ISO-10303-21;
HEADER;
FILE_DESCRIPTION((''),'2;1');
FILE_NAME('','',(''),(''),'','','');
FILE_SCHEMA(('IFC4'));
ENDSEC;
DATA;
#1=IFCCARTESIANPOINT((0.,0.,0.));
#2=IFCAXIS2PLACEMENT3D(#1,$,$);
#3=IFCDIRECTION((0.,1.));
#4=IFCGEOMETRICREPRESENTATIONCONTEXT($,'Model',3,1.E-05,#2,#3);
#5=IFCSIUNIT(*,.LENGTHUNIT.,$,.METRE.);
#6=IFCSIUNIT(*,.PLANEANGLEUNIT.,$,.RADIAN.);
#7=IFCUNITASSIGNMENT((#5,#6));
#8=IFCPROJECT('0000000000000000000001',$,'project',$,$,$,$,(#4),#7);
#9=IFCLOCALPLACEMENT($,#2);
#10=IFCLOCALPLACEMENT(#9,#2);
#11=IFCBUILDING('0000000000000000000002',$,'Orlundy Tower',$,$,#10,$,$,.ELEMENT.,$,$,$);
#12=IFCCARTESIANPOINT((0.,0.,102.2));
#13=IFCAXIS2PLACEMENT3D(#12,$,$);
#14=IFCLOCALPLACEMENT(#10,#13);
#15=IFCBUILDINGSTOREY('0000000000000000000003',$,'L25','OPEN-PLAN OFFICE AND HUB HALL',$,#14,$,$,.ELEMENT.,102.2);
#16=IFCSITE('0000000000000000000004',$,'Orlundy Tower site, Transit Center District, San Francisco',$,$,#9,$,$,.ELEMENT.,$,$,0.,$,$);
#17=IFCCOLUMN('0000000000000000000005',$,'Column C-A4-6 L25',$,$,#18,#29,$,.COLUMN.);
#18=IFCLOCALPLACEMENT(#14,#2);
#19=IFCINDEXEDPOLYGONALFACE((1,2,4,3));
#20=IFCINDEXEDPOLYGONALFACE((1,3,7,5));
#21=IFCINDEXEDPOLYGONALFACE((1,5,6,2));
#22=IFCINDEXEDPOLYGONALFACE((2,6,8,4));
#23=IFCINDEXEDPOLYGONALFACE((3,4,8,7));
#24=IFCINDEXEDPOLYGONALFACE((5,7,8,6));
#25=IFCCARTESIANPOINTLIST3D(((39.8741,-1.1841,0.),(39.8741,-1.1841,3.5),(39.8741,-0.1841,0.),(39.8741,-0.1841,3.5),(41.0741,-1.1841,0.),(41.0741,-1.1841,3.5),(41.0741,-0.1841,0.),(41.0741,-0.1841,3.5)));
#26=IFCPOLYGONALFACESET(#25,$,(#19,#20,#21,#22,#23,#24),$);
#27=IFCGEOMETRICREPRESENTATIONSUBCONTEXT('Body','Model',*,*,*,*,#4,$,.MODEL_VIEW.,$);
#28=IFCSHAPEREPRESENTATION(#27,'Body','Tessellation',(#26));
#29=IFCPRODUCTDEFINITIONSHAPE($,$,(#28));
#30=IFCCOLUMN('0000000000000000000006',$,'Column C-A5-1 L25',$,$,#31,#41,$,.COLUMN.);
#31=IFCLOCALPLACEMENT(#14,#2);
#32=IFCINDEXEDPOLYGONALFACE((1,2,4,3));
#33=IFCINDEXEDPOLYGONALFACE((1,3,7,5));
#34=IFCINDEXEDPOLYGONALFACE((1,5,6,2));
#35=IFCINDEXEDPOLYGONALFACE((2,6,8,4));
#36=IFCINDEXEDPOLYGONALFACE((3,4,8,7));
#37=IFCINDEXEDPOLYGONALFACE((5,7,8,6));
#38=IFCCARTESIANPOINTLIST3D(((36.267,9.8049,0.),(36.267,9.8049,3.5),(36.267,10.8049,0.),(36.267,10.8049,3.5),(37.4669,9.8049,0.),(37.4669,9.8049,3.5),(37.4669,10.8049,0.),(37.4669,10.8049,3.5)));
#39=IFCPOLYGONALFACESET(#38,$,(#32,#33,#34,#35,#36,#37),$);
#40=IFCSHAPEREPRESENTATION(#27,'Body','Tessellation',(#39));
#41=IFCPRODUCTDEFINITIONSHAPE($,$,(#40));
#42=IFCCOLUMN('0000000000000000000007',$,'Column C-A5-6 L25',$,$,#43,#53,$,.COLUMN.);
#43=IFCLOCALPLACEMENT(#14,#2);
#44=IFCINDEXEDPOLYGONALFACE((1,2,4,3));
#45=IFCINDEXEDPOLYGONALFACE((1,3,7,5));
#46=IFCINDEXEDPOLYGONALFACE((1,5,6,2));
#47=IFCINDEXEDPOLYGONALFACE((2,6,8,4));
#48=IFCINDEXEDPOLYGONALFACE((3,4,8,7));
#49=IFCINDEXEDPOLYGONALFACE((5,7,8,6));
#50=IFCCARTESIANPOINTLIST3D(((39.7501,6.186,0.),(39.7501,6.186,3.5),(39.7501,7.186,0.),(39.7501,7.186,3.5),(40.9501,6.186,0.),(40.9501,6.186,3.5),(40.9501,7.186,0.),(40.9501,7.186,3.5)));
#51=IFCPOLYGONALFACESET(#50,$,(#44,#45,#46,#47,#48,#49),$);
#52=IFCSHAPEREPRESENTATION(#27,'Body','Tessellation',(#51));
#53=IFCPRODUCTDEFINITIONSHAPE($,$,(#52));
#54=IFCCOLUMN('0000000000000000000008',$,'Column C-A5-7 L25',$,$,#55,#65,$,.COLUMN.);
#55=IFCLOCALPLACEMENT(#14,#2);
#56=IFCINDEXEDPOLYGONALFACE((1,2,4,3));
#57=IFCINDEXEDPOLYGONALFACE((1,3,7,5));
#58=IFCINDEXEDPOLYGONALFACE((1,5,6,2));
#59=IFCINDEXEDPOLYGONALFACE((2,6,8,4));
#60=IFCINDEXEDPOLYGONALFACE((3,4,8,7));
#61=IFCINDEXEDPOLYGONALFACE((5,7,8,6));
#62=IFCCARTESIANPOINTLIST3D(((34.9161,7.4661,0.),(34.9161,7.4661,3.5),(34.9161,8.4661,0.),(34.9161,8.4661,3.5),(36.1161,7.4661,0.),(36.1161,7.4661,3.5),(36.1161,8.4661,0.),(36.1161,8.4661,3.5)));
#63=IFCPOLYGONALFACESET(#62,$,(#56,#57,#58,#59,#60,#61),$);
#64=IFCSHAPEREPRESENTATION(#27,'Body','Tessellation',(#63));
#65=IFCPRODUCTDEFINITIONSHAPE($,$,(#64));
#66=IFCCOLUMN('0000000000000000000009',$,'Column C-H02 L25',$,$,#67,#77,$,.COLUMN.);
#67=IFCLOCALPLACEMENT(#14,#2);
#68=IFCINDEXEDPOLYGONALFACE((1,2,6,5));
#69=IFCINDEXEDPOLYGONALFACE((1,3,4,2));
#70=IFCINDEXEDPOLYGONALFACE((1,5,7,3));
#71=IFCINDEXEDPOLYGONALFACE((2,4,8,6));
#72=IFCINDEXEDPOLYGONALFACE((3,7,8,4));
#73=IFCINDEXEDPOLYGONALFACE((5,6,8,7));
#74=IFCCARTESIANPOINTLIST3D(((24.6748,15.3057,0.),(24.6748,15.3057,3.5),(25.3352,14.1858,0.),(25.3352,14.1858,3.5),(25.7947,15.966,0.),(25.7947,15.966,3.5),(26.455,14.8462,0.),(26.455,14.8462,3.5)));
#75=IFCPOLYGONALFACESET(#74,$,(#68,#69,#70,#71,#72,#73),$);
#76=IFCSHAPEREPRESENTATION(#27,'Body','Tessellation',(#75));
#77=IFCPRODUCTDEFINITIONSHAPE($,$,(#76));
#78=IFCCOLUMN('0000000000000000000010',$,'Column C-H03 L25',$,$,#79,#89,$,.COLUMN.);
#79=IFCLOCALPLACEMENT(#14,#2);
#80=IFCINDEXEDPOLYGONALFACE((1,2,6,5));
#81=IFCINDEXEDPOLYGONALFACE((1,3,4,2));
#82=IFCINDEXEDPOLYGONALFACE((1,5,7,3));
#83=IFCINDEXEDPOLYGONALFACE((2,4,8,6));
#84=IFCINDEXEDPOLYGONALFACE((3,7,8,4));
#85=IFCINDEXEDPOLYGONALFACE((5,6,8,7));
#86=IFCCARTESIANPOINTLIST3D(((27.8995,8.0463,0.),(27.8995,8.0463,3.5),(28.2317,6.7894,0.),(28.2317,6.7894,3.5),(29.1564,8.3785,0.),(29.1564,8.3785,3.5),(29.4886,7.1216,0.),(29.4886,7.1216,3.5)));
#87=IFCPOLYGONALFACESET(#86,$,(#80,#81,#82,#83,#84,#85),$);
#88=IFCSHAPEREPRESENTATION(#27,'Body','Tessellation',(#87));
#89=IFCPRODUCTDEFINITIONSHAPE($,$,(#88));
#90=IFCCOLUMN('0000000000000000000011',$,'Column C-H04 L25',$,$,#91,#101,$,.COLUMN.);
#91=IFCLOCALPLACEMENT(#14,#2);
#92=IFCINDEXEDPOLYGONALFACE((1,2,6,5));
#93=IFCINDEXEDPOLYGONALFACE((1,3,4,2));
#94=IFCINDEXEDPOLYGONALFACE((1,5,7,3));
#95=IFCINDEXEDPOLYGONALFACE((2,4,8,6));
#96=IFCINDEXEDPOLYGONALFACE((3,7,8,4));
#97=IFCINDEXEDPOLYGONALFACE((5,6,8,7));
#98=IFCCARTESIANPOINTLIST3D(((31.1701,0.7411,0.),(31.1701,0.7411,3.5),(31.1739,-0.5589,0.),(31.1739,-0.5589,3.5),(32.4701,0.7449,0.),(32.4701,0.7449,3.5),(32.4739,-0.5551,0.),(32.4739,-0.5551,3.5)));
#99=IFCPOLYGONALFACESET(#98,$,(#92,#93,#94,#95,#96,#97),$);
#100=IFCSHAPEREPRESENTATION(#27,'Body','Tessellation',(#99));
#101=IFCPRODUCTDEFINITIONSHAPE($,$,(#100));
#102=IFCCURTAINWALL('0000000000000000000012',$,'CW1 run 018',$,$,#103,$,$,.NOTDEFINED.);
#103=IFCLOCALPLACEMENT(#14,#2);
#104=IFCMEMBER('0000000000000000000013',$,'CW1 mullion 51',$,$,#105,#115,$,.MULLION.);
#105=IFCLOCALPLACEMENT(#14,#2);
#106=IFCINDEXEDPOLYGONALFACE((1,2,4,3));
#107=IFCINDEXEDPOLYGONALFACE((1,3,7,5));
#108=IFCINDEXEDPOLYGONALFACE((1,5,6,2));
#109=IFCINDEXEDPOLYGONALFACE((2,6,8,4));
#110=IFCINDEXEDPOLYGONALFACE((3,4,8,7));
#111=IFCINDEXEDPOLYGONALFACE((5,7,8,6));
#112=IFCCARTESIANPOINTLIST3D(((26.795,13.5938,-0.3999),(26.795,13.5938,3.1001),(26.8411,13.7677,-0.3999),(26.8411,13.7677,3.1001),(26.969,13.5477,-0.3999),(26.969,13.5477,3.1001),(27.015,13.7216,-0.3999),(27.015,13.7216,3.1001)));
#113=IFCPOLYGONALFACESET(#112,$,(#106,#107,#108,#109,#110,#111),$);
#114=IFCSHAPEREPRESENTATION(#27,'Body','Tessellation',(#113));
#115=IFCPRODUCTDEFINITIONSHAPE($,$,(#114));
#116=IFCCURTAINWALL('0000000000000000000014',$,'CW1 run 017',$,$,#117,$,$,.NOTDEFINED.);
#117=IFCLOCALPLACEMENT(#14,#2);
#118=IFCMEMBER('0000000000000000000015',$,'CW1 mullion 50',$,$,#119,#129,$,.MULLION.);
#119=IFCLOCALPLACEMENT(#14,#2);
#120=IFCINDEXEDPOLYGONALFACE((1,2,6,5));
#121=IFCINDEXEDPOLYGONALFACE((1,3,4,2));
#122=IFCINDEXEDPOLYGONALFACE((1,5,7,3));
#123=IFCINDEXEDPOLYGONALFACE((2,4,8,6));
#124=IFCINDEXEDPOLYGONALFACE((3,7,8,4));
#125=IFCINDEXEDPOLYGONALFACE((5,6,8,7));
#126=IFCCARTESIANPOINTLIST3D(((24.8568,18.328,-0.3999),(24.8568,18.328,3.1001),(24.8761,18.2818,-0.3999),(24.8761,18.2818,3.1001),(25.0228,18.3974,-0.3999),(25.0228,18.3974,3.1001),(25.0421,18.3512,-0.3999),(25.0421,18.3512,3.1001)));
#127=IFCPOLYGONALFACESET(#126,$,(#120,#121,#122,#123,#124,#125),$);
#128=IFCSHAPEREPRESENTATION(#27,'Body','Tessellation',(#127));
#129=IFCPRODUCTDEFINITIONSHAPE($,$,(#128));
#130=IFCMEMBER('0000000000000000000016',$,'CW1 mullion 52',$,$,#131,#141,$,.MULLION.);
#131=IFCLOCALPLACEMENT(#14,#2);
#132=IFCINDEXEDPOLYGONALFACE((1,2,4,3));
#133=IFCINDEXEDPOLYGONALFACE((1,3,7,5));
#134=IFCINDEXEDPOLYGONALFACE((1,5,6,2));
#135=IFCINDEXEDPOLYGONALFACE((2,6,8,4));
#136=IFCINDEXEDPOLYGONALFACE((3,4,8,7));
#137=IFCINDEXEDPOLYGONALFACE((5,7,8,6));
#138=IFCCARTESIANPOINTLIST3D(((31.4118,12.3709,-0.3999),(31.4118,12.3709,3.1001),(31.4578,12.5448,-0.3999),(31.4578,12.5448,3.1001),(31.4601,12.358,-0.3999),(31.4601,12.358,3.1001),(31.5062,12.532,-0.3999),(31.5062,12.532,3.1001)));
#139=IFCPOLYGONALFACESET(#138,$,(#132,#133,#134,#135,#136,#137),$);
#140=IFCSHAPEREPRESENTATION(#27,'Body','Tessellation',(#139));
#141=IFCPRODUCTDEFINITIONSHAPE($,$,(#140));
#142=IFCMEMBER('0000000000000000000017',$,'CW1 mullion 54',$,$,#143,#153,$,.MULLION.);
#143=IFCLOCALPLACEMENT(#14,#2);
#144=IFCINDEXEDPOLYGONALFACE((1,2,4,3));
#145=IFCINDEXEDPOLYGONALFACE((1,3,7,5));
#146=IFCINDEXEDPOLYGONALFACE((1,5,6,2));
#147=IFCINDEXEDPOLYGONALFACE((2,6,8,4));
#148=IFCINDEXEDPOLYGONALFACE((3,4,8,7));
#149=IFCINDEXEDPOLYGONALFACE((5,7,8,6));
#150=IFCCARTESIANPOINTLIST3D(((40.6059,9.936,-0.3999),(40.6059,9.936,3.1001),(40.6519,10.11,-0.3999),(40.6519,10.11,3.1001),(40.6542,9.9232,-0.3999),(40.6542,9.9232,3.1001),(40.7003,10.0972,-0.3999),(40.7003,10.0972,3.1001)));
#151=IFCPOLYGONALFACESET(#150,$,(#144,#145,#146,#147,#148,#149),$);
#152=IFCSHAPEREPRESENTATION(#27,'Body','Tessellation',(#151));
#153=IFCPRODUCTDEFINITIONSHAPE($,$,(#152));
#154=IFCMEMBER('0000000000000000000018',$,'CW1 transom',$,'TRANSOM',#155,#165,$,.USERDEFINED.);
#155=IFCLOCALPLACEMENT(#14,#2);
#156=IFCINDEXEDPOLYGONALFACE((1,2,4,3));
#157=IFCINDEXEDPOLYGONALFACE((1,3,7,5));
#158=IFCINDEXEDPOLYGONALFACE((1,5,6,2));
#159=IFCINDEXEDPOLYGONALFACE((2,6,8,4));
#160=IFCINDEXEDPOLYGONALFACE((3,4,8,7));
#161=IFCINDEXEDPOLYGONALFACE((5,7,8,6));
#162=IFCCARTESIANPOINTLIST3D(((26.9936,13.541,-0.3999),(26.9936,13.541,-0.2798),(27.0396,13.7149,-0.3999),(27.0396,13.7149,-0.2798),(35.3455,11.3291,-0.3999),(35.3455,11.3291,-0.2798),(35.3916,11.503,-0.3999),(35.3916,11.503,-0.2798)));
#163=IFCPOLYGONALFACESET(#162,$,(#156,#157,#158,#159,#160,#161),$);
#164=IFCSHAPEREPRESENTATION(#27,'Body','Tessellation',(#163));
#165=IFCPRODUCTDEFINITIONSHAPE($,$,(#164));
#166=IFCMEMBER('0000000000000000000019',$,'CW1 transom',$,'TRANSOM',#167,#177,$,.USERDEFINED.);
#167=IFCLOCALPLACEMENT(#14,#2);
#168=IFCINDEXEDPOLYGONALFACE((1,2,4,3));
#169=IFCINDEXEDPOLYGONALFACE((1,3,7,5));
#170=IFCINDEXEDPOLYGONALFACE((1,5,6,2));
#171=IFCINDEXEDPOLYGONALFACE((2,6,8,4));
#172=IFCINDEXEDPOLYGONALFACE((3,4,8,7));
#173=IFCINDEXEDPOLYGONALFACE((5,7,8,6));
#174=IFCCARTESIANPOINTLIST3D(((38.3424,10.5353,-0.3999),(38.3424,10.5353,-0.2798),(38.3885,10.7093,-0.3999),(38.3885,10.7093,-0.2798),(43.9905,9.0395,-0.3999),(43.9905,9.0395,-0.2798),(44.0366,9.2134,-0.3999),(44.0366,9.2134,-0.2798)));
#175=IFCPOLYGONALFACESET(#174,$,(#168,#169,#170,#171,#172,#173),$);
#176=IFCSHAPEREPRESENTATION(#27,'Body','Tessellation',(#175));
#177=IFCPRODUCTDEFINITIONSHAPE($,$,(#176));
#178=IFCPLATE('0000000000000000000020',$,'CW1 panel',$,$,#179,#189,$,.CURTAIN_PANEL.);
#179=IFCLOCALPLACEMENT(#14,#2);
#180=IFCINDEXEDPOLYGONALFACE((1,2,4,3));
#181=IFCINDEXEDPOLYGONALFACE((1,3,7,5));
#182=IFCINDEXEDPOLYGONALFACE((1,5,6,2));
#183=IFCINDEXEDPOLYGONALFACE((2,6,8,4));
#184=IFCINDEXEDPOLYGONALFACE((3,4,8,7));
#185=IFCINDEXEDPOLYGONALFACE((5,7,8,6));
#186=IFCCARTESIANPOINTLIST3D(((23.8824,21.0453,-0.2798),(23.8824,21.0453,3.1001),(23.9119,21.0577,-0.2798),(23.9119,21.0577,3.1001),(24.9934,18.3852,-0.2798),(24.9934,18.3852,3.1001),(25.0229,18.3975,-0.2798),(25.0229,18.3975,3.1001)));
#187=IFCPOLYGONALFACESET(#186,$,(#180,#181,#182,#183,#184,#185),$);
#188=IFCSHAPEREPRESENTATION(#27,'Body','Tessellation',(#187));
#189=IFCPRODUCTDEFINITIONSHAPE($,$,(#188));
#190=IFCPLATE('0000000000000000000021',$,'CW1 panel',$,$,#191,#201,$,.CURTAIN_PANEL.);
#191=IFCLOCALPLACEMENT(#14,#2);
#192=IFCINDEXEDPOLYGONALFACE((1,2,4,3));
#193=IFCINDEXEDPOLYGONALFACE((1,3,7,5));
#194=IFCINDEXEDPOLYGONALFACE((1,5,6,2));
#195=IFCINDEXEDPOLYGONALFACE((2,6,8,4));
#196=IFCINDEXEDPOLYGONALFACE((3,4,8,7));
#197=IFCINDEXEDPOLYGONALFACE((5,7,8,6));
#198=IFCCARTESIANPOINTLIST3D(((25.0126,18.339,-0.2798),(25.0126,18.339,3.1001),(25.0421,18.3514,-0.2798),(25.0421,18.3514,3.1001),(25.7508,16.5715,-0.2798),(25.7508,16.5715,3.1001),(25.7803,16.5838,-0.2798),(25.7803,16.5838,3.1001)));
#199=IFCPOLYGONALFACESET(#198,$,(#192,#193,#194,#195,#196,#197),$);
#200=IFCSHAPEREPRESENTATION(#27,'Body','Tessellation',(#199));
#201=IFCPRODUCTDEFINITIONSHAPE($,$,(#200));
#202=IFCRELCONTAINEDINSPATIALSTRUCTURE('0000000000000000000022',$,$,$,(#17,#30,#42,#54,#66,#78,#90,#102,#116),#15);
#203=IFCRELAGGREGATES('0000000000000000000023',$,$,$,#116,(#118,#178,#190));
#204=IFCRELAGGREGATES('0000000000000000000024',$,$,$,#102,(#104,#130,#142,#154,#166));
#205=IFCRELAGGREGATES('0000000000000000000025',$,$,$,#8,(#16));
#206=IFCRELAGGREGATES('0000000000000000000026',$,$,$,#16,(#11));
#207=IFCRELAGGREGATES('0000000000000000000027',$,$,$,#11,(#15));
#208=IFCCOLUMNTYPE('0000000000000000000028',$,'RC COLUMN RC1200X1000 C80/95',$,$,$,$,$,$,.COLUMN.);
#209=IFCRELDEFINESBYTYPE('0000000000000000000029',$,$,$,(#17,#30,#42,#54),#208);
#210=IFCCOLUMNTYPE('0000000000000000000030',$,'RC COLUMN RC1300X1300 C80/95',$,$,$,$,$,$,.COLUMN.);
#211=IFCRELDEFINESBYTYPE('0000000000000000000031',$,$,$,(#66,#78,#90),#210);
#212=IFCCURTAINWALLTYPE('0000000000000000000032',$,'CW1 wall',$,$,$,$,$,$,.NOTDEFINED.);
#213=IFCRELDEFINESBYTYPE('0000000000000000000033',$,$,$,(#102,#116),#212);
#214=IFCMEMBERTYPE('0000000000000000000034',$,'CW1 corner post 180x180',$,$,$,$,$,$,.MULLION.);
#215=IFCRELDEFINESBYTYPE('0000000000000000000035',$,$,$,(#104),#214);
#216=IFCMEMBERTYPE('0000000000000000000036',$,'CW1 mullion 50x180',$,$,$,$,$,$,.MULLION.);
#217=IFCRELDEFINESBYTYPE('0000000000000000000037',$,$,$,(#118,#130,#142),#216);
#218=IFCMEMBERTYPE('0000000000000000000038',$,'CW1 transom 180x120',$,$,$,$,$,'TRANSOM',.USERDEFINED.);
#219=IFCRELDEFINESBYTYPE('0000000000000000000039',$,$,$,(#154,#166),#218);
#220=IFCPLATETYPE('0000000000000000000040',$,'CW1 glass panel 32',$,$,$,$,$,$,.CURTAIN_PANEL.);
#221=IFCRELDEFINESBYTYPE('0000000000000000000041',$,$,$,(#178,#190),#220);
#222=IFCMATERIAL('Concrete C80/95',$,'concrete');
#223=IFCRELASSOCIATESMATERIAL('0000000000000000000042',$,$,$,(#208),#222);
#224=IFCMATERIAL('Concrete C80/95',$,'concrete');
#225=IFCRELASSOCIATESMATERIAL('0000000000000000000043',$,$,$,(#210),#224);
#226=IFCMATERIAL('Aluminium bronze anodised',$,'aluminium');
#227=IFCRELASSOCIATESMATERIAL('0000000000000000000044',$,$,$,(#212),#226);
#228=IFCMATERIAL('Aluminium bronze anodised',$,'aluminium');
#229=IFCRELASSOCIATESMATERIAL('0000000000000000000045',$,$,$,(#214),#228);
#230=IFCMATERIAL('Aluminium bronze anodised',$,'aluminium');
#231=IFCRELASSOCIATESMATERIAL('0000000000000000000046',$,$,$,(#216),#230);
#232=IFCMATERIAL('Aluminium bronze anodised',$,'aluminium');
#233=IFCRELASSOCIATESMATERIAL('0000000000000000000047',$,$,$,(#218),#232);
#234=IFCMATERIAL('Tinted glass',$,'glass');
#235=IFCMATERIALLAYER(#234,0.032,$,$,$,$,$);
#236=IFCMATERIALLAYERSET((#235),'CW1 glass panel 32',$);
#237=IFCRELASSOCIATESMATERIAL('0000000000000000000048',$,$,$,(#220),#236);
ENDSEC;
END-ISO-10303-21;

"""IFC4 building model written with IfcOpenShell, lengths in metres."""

from ifc_helpers import new_model, si_unit, direction, frame, origin, origin_2d, place, context, subcontext, project, spatial, rectangle, extrude, material, layer, layer_set, material_profile, profile_set, type_object, element, aggregate, save


model = new_model("IFC4")

# Units and contexts
model_context = context("Model", 3, precision=1e-05, world=origin(), true_north=direction((0.0, 1.0)))
body_context = subcontext(model_context, "Body", "Model", "MODEL_VIEW")
ifc_project = project(units=[si_unit("LENGTHUNIT", "METRE"), si_unit("PLANEANGLEUNIT", "RADIAN")], contexts=[model_context])

# Site, building, storey
site_placement = place(None, origin())
site = spatial("IfcSite", under=ifc_project, at=site_placement, Name="Orlundy Tower site, Transit Center District, San Francisco", CompositionType="ELEMENT", RefElevation=0.0)
building_placement = place(site_placement, origin())
building = spatial("IfcBuilding", under=site, at=building_placement, Name="Orlundy Tower", CompositionType="ELEMENT")
storey_placement = place(building_placement, frame((0.0, 0.0, 102.2)))
storey = spatial("IfcBuildingStorey", under=building, at=storey_placement, Name="L25", Description="OPEN-PLAN OFFICE AND HUB HALL", CompositionType="ELEMENT", Elevation=102.2)

# Columns
ifc_material_1 = material(Name="Concrete C80/95", Category="concrete")
ifc_material_profile_1 = material_profile(ifc_material_1, rectangle(XDim=1.2, YDim=1.0, at=origin_2d()), Name="RC1200X1000")
ifc_profile_set_1 = profile_set([ifc_material_profile_1], Name="Concrete C80/95")
column_type_1 = type_object("IfcColumnType", Name="RC COLUMN RC1200X1000 C80/95", PredefinedType="COLUMN", material=ifc_profile_set_1)
for number, where, z_axis, x_axis, name in (
    (1, (40.4741, -0.6841, 0.0), (0.0, 0.0, 1.0), (1.0, 0.0, 0.0), "Column C-A4-6 L25"),
    (2, (36.8669, 10.3049, 0.0), (0.0, 0.0, 1.0), (1.0, 0.0, 0.0), "Column C-A5-1 L25"),
    (3, (40.3501, 6.686, 0.0), (0.0, 0.0, 1.0), (1.0, 0.0, 0.0), "Column C-A5-6 L25"),
    (4, (35.5161, 7.9661, 0.0), (0.0, 0.0, 1.0), (1.0, 0.0, 0.0), "Column C-A5-7 L25"),
):
    element("IfcColumn", number, at=place(storey_placement, frame(where, z_axis=z_axis, x_axis=x_axis)), inside=storey, type_object=column_type_1, Name=name, PredefinedType="COLUMN", context=body_context, shape_type="SweptSolid", body=[
        extrude(rectangle(XDim=1.2, YDim=1.0, at=origin_2d()), origin(), (0.0, 0.0, 1.0), 3.5),
    ])
ifc_material_2 = material(Name="Concrete C80/95", Category="concrete")
ifc_material_profile_2 = material_profile(ifc_material_2, rectangle(XDim=1.3, YDim=1.3, at=origin_2d()), Name="RC1300X1300")
ifc_profile_set_2 = profile_set([ifc_material_profile_2], Name="Concrete C80/95")
column_type_2 = type_object("IfcColumnType", Name="RC COLUMN RC1300X1300 C80/95", PredefinedType="COLUMN", material=ifc_profile_set_2)
for number, where, z_axis, x_axis, name in (
    (5, (25.5649, 15.0759, 0.0), (0.0, 0.0, 1.0), (0.861381, 0.507959, 0.0), "Column C-H02 L25"),
    (6, (28.6941, 7.584, 0.0), (0.0, 0.0, 1.0), (0.966801, 0.25553, 0.0), "Column C-H03 L25"),
    (7, (31.822, 0.093, 0.0), (0.0, 0.0, 1.0), (0.999996, 0.002915, 0.0), "Column C-H04 L25"),
):
    element("IfcColumn", number, at=place(storey_placement, frame(where, z_axis=z_axis, x_axis=x_axis)), inside=storey, type_object=column_type_2, Name=name, PredefinedType="COLUMN", context=body_context, shape_type="SweptSolid", body=[
        extrude(rectangle(XDim=1.3, YDim=1.3, at=origin_2d()), origin(), (0.0, 0.0, 1.0), 3.5),
    ])

# Curtain walls, members
ifc_material_3 = material(Name="Aluminium bronze anodised", Category="aluminium")
curtain_wall_type = type_object("IfcCurtainWallType", Name="CW1 wall", PredefinedType="NOTDEFINED", material=ifc_material_3)
curtain_wall_1_placement = place(storey_placement, origin())
curtain_wall_1 = element("IfcCurtainWall", 8, at=curtain_wall_1_placement, inside=storey, type_object=curtain_wall_type, Name="CW1 run 018", PredefinedType="NOTDEFINED")
ifc_material_4 = material(Name="Aluminium bronze anodised", Category="aluminium")
ifc_material_profile_3 = material_profile(ifc_material_4, rectangle(XDim=0.1799, YDim=0.1799, at=origin_2d()), Name="CW1 corner post 180x180")
ifc_profile_set_3 = profile_set([ifc_material_profile_3], Name="Aluminium bronze anodised")
member_type_1 = type_object("IfcMemberType", Name="CW1 corner post 180x180", PredefinedType="MULLION", material=ifc_profile_set_3)
member_1_placement = place(storey_placement, frame((26.905, 13.6577, -0.3999), z_axis=(0.0, 0.0, 1.0), x_axis=(0.25602, 0.966672, 0.0)))
member_1 = element("IfcMember", 9, at=member_1_placement, type_object=member_type_1, Name="CW1 mullion 51", PredefinedType="MULLION", context=body_context, shape_type="SweptSolid", body=[
    extrude(rectangle(XDim=0.1799, YDim=0.1799, at=origin_2d()), origin(), (0.0, 0.0, 1.0), 3.5),
])
curtain_wall_2_placement = place(storey_placement, origin())
curtain_wall_2 = element("IfcCurtainWall", 10, at=curtain_wall_2_placement, inside=storey, type_object=curtain_wall_type, Name="CW1 run 017", PredefinedType="NOTDEFINED")
ifc_material_5 = material(Name="Aluminium bronze anodised", Category="aluminium")
ifc_material_profile_4 = material_profile(ifc_material_5, rectangle(XDim=0.1799, YDim=0.05, at=origin_2d()), Name="CW1 mullion 50x180")
ifc_profile_set_4 = profile_set([ifc_material_profile_4], Name="Aluminium bronze anodised")
member_type_2 = type_object("IfcMemberType", Name="CW1 mullion 50x180", PredefinedType="MULLION", material=ifc_profile_set_4)
member_2_placement = place(storey_placement, frame((24.9495, 18.3396, -0.3999), z_axis=(0.0, 0.0, 1.0), x_axis=(0.922759, 0.385378, 0.0)))
member_2 = element("IfcMember", 11, at=member_2_placement, type_object=member_type_2, Name="CW1 mullion 50", PredefinedType="MULLION", context=body_context, shape_type="SweptSolid", body=[
    extrude(rectangle(XDim=0.1799, YDim=0.05, at=origin_2d()), origin(), (0.0, 0.0, 1.0), 3.5),
])

# Members
member_3_placement = place(storey_placement, frame((31.459, 12.4514, -0.3999), z_axis=(0.0, 0.0, 1.0), x_axis=(0.25602, 0.966672, 0.0)))
member_3 = element("IfcMember", 12, at=member_3_placement, type_object=member_type_2, Name="CW1 mullion 52", PredefinedType="MULLION", context=body_context, shape_type="SweptSolid", body=[
    extrude(rectangle(XDim=0.1799, YDim=0.05, at=origin_2d()), origin(), (0.0, 0.0, 1.0), 3.5),
])
member_4_placement = place(storey_placement, frame((40.6531, 10.0166, -0.3999), z_axis=(0.0, 0.0, 1.0), x_axis=(0.25602, 0.966672, 0.0)))
member_4 = element("IfcMember", 13, at=member_4_placement, type_object=member_type_2, Name="CW1 mullion 54", PredefinedType="MULLION", context=body_context, shape_type="SweptSolid", body=[
    extrude(rectangle(XDim=0.1799, YDim=0.05, at=origin_2d()), origin(), (0.0, 0.0, 1.0), 3.5),
])
ifc_material_6 = material(Name="Aluminium bronze anodised", Category="aluminium")
ifc_material_profile_5 = material_profile(ifc_material_6, rectangle(XDim=0.1799, YDim=0.1201, at=origin_2d()), Name="CW1 transom 180x120")
ifc_profile_set_5 = profile_set([ifc_material_profile_5], Name="Aluminium bronze anodised")
member_type_3 = type_object("IfcMemberType", Name="CW1 transom 180x120", ElementType="TRANSOM", PredefinedType="USERDEFINED", material=ifc_profile_set_5)
member_5_placement = place(storey_placement, frame((27.0166, 13.6279, -0.3398), z_axis=(0.966674, -0.256009, 0.0), x_axis=(0.256009, 0.966674, 0.0)))
member_5 = element("IfcMember", 14, at=member_5_placement, type_object=member_type_3, Name="CW1 transom", ObjectType="TRANSOM", PredefinedType="USERDEFINED", context=body_context, shape_type="SweptSolid", body=[
    extrude(rectangle(XDim=0.1799, YDim=0.1201, at=origin_2d()), origin(), (0.0, 0.0, 1.0), 8.6399),
])
member_6_placement = place(storey_placement, frame((38.3655, 10.6223, -0.3398), z_axis=(0.966671, -0.256021, 0.0), x_axis=(0.256021, 0.966671, 0.0)))
member_6 = element("IfcMember", 15, at=member_6_placement, type_object=member_type_3, Name="CW1 transom", ObjectType="TRANSOM", PredefinedType="USERDEFINED", context=body_context, shape_type="SweptSolid", body=[
    extrude(rectangle(XDim=0.1799, YDim=0.1201, at=origin_2d()), origin(), (0.0, 0.0, 1.0), 5.8428),
])

# Plates
ifc_material_7 = material(Name="Tinted glass", Category="glass")
ifc_layer_1 = layer(ifc_material_7, 0.032)
ifc_layer_set_1 = layer_set([ifc_layer_1], Name="CW1 glass panel 32")
plate_type = type_object("IfcPlateType", Name="CW1 glass panel 32", PredefinedType="CURTAIN_PANEL", material=ifc_layer_set_1)
plate_1_placement = place(storey_placement, frame((24.4526, 19.7214, -0.2798), z_axis=(0.0, 0.0, 1.0), x_axis=(0.385378, -0.922759, 0.0)))
plate_1 = element("IfcPlate", 16, at=plate_1_placement, type_object=plate_type, Name="CW1 panel", PredefinedType="CURTAIN_PANEL", context=body_context, shape_type="SweptSolid", body=[
    extrude(rectangle(XDim=2.8828, YDim=0.032, at=origin_2d()), origin(), (0.0, 0.0, 1.0), 3.3799),
])
plate_2_placement = place(storey_placement, frame((25.3965, 17.4614, -0.2798), z_axis=(0.0, 0.0, 1.0), x_axis=(0.385378, -0.922759, 0.0)))
plate_2 = element("IfcPlate", 17, at=plate_2_placement, type_object=plate_type, Name="CW1 panel", PredefinedType="CURTAIN_PANEL", context=body_context, shape_type="SweptSolid", body=[
    extrude(rectangle(XDim=1.9155, YDim=0.032, at=origin_2d()), origin(), (0.0, 0.0, 1.0), 3.3799),
])
aggregate(curtain_wall_2, [member_2, plate_1, plate_2])
aggregate(curtain_wall_1, [member_1, member_3, member_4, member_5, member_6])

save(model, "model.ifc")
